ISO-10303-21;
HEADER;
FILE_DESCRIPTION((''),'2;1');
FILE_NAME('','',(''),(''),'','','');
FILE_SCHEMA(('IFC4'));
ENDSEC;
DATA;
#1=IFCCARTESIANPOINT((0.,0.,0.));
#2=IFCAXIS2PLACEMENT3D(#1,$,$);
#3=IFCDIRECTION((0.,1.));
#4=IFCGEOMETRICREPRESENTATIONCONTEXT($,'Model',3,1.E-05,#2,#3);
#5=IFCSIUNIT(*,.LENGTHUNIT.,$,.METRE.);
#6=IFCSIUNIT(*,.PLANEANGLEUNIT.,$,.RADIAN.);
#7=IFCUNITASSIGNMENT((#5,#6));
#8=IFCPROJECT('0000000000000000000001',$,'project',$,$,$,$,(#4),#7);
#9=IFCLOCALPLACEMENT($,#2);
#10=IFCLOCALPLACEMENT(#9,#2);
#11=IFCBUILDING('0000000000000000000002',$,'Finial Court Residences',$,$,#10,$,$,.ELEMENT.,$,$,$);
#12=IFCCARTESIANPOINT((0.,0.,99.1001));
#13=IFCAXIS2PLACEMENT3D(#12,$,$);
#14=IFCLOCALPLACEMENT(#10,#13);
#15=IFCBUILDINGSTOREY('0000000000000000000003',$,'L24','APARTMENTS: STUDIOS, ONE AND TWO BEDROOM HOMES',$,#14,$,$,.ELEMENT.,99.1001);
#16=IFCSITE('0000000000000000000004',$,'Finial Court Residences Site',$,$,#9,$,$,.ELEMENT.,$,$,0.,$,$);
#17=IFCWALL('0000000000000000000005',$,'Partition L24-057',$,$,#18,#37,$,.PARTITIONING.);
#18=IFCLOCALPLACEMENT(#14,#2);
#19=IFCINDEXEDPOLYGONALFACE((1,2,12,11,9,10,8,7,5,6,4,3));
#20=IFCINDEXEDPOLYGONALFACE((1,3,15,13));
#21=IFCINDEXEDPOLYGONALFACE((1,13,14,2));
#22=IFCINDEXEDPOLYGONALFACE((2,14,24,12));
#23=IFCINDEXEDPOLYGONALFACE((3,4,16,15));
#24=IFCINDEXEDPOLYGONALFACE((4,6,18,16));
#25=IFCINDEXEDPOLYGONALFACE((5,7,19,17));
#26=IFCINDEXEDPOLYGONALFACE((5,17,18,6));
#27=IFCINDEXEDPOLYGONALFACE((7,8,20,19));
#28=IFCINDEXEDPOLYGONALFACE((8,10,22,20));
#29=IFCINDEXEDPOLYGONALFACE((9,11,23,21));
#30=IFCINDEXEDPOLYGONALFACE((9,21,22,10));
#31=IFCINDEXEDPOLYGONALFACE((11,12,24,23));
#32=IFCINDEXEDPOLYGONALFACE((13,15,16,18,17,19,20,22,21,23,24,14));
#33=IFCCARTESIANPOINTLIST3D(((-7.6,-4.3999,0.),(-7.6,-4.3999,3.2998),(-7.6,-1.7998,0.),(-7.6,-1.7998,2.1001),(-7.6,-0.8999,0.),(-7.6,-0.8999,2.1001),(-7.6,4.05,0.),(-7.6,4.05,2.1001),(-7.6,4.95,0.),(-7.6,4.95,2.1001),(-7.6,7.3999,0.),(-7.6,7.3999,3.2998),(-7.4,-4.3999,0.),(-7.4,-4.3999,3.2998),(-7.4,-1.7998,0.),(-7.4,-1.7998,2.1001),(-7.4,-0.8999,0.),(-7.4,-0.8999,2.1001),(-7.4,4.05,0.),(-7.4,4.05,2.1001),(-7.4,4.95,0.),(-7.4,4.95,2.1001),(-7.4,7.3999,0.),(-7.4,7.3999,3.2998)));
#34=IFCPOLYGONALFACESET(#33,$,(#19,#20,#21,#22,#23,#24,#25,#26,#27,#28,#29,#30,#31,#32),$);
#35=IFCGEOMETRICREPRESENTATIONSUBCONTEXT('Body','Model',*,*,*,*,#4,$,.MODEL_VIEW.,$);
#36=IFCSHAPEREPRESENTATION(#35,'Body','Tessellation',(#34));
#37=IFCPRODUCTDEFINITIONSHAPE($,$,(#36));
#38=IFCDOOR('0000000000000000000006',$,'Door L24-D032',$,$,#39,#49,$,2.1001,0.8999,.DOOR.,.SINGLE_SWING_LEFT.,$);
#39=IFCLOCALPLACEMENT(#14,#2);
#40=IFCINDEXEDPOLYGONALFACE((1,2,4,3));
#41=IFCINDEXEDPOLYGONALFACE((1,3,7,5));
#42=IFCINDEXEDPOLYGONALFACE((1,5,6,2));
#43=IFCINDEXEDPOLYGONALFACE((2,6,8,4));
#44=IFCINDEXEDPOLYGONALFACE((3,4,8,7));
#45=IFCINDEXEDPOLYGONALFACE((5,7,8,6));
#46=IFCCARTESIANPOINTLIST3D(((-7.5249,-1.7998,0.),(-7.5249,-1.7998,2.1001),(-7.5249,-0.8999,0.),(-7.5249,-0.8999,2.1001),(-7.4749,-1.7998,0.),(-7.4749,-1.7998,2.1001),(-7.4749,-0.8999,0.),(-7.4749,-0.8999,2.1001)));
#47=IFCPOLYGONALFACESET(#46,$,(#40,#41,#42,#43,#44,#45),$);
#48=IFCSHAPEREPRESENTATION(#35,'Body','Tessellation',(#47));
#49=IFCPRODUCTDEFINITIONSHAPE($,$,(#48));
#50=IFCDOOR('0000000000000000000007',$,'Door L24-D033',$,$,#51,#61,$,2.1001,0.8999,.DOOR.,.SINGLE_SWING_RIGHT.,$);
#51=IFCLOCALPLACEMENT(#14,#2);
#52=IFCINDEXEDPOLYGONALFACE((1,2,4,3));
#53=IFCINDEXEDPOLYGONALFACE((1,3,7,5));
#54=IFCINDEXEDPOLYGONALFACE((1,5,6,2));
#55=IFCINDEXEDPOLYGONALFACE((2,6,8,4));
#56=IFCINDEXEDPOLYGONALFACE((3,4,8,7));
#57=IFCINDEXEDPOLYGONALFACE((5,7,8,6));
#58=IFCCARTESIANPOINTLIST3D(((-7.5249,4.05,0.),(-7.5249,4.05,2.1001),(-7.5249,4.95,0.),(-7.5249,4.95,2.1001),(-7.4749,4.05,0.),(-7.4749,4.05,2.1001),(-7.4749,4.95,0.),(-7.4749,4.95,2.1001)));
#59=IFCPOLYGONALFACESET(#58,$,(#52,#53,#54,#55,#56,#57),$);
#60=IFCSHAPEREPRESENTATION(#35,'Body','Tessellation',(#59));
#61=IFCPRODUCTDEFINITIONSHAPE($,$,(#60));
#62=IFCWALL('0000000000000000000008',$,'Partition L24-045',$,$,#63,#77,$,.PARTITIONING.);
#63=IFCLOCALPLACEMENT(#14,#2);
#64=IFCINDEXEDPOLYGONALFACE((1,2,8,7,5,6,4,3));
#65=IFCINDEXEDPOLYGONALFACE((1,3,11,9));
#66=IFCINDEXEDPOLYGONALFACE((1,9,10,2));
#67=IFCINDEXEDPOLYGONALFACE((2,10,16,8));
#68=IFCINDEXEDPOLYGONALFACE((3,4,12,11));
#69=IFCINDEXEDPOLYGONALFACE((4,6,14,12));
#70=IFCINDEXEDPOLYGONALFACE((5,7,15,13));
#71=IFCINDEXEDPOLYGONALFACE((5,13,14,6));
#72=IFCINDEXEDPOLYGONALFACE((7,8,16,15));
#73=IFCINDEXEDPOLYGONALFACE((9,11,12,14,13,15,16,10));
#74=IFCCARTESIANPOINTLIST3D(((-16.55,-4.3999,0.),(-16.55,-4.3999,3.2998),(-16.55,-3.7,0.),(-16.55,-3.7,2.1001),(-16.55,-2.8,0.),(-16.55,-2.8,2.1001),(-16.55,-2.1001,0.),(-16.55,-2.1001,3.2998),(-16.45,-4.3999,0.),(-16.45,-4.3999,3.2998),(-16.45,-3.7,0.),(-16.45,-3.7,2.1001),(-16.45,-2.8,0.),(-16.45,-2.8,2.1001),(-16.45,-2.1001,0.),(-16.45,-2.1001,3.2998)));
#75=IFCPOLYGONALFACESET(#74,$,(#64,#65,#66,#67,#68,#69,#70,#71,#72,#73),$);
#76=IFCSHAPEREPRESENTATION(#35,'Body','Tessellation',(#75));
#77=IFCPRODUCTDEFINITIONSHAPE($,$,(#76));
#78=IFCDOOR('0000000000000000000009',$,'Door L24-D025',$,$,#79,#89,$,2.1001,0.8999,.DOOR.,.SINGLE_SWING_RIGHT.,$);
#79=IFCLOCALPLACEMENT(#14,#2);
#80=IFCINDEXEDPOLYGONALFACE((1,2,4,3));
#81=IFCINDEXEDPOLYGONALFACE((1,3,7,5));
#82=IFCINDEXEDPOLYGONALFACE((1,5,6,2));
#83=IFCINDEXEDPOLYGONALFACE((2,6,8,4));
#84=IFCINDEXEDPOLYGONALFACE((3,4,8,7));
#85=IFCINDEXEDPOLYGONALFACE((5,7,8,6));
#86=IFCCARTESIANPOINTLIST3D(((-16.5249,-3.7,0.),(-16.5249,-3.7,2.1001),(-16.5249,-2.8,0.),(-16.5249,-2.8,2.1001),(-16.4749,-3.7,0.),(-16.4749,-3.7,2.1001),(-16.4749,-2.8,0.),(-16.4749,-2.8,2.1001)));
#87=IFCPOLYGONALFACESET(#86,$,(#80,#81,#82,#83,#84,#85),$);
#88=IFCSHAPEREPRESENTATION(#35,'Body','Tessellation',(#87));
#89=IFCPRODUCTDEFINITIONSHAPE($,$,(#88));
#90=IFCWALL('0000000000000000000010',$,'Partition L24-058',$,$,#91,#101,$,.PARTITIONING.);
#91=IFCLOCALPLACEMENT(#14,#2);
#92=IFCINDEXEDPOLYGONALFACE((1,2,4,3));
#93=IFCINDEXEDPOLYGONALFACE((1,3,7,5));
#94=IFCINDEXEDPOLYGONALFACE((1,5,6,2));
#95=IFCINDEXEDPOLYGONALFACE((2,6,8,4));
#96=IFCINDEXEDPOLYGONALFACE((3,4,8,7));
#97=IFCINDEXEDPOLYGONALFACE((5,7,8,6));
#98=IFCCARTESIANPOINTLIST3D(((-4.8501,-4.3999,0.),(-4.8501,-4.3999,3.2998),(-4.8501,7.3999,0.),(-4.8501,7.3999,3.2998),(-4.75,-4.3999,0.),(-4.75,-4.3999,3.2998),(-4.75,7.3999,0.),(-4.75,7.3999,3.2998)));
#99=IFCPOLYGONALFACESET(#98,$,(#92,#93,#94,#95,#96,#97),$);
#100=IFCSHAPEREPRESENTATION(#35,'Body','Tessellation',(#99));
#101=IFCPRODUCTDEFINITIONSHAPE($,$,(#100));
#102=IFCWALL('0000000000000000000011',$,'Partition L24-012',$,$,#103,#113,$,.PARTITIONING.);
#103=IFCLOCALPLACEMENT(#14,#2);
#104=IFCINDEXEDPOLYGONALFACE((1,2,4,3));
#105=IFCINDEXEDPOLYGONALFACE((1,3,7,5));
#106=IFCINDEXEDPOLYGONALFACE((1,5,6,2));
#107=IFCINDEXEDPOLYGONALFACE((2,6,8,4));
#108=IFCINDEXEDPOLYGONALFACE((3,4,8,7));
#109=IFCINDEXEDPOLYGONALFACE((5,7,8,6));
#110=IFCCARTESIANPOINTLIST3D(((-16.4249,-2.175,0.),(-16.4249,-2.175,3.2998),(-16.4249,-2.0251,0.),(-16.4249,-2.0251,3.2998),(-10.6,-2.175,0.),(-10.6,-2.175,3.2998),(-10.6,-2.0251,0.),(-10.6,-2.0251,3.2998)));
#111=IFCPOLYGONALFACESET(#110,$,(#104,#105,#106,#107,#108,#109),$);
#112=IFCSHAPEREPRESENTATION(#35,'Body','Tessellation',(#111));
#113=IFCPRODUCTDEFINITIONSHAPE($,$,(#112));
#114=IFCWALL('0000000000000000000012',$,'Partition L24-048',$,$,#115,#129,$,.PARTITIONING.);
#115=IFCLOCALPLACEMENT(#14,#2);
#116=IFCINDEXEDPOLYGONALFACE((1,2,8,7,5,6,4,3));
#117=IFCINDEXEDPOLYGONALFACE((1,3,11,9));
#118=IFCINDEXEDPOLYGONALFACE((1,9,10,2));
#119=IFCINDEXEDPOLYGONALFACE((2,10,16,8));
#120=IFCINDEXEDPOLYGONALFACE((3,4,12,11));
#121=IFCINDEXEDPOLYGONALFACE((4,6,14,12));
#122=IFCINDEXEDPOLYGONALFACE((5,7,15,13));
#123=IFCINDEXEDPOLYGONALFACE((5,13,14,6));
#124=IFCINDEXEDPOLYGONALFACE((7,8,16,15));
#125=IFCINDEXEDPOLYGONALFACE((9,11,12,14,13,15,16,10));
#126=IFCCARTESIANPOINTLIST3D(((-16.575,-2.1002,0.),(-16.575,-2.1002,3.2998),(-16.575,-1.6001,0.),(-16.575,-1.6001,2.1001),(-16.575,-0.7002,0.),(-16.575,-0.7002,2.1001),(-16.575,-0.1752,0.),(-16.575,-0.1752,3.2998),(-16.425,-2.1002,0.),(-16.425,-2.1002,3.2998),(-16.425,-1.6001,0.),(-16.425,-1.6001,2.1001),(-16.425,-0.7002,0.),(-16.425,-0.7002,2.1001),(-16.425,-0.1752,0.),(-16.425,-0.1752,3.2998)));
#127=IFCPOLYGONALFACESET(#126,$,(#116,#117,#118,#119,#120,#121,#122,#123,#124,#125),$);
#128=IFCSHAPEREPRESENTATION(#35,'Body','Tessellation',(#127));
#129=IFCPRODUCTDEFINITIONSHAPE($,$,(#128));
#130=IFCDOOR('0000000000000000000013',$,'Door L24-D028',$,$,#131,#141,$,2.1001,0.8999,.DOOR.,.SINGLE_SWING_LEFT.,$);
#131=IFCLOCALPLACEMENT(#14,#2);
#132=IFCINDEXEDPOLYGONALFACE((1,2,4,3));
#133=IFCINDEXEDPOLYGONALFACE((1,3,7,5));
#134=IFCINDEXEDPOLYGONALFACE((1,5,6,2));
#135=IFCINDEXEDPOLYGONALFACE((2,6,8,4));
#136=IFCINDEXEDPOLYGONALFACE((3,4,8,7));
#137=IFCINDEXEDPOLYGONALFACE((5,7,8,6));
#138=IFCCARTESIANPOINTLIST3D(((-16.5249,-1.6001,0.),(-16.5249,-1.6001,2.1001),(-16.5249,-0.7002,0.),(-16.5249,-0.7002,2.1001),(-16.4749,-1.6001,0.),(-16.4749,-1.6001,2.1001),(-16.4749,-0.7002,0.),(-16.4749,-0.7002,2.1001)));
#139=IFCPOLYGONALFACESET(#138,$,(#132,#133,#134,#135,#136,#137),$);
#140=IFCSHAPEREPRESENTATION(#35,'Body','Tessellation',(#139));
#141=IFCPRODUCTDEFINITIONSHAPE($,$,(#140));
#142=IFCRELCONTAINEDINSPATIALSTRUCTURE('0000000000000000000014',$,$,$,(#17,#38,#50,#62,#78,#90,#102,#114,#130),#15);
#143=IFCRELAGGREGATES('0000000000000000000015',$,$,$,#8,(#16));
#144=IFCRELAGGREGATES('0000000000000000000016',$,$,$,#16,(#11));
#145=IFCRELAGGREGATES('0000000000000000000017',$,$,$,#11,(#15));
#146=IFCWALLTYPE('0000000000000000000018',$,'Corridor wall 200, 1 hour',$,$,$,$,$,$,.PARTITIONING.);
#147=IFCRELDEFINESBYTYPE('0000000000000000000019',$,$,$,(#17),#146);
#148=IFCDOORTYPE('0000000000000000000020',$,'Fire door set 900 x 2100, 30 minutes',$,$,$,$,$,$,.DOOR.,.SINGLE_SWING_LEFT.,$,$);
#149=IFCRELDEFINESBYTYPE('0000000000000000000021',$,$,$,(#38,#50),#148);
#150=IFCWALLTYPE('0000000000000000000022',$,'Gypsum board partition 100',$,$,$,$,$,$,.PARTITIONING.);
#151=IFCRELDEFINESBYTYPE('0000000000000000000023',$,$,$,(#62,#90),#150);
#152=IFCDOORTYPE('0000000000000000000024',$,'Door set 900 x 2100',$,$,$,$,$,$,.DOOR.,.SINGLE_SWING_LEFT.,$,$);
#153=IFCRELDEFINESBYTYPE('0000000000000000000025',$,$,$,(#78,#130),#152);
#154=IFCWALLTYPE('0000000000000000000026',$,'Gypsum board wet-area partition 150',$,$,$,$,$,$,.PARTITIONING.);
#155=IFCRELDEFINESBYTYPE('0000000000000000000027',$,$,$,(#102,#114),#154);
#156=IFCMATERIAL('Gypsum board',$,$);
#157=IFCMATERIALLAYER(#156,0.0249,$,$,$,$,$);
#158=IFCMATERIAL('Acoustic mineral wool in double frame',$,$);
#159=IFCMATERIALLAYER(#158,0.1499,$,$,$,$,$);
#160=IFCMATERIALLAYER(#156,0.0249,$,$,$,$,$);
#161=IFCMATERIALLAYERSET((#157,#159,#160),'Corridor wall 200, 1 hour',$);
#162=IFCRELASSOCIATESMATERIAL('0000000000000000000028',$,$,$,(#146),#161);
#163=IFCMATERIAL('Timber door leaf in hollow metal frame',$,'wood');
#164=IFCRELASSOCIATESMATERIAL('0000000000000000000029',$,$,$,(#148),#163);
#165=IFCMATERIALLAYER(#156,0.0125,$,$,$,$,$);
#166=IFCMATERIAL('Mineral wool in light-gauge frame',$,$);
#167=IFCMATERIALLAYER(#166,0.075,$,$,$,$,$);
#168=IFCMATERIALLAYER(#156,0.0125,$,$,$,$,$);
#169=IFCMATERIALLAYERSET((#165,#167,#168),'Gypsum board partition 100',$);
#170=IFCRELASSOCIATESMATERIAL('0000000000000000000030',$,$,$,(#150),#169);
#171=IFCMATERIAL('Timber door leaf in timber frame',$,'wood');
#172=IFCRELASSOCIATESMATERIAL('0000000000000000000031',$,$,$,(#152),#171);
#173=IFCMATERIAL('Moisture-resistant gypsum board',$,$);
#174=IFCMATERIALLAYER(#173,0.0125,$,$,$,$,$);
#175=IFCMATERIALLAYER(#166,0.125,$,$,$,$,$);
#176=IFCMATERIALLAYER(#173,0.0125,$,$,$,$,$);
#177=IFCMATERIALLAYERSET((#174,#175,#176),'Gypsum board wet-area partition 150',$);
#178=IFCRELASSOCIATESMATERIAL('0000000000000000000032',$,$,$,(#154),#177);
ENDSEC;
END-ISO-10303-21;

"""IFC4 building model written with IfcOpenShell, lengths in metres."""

from ifc_helpers import new_model, si_unit, direction, frame, frame_2d, origin, place, context, subcontext, project, spatial, rectangle, extrude, material, layer, layer_set, type_object, element, fill, save


model = new_model("IFC4")

# Units and contexts
model_context = context("Model", 3, precision=1e-05, world=origin(), true_north=direction((0.0, 1.0)))
body_context = subcontext(model_context, "Body", "Model", "MODEL_VIEW")
ifc_project = project(units=[si_unit("LENGTHUNIT", "METRE"), si_unit("PLANEANGLEUNIT", "RADIAN")], contexts=[model_context])

# Site, building, storey
site_placement = place(None, origin())
site = spatial("IfcSite", under=ifc_project, at=site_placement, Name="Finial Court Residences Site", CompositionType="ELEMENT", RefElevation=0.0)
building_placement = place(site_placement, origin())
building = spatial("IfcBuilding", under=site, at=building_placement, Name="Finial Court Residences", CompositionType="ELEMENT")
storey_placement = place(building_placement, frame((0.0, 0.0, 99.1001)))
storey = spatial("IfcBuildingStorey", under=building, at=storey_placement, Name="L24", Description="APARTMENTS: STUDIOS, ONE AND TWO BEDROOM HOMES", CompositionType="ELEMENT", Elevation=99.1001)

# Shared definitions
ifc_material_1 = material(Name="Gypsum board")
ifc_layer_1 = layer(ifc_material_1, 0.0249)
ifc_material_2 = material(Name="Acoustic mineral wool in double frame")
ifc_layer_2 = layer(ifc_material_2, 0.1499)
ifc_layer_3 = layer(ifc_material_1, 0.0249)
ifc_layer_set_1 = layer_set([ifc_layer_1, ifc_layer_2, ifc_layer_3], Name="Corridor wall 200, 1 hour")
wall_type_1 = type_object("IfcWallType", Name="Corridor wall 200, 1 hour", PredefinedType="PARTITIONING", material=ifc_layer_set_1)
ifc_material_3 = material(Name="Timber door leaf in hollow metal frame", Category="wood")
door_type_1 = type_object("IfcDoorType", Name="Fire door set 900 x 2100, 30 minutes", OperationType="SINGLE_SWING_LEFT", PredefinedType="DOOR", material=ifc_material_3)

# Wall, openings, doors
wall_1_placement = place(storey_placement, frame((-7.5, -4.3999, 0.0), z_axis=(0.0, 0.0, 1.0), x_axis=(0.0, 1.0, 0.0)))
wall_1 = element("IfcWall", 1, at=wall_1_placement, inside=storey, type_object=wall_type_1, Name="Partition L24-057", PredefinedType="PARTITIONING", context=body_context, shape_type="SweptSolid", body=[
    extrude(rectangle(XDim=11.7998, YDim=0.2, at=frame_2d((5.8999, 0.0))), origin(), (0.0, 0.0, 1.0), 3.2998),
])
opening_1_placement = place(wall_1_placement, frame((2.6001, 0.0, 0.0)))
opening_1 = element("IfcOpeningElement", 2, at=opening_1_placement, cuts=wall_1, PredefinedType="OPENING", context=body_context, shape_type="SweptSolid", body=[
    extrude(rectangle(XDim=0.8999, YDim=2.1001, at=frame_2d((0.45, 1.05))), frame((0.0, 0.1099, 0.0), z_axis=(0.0, -1.0, 0.0), x_axis=(1.0, 0.0, 0.0)), (0.0, 0.0, 1.0), 0.22),
])
opening_2_placement = place(wall_1_placement, frame((8.45, 0.0, 0.0)))
opening_2 = element("IfcOpeningElement", 3, at=opening_2_placement, cuts=wall_1, PredefinedType="OPENING", context=body_context, shape_type="SweptSolid", body=[
    extrude(rectangle(XDim=0.8999, YDim=2.1001, at=frame_2d((0.45, 1.05))), frame((0.0, 0.1099, 0.0), z_axis=(0.0, -1.0, 0.0), x_axis=(1.0, 0.0, 0.0)), (0.0, 0.0, 1.0), 0.22),
])
door_1_placement = place(opening_1_placement, origin())
door_1 = element("IfcDoor", 4, at=door_1_placement, inside=storey, type_object=door_type_1, Name="Door L24-D032", OperationType="SINGLE_SWING_LEFT", OverallHeight=2.1001, OverallWidth=0.8999, PredefinedType="DOOR", context=body_context, shape_type="SweptSolid", body=[
    extrude(rectangle(XDim=0.8999, YDim=2.1001, at=frame_2d((0.45, 1.05))), frame((0.0, 0.0249, 0.0), z_axis=(0.0, -1.0, 0.0), x_axis=(1.0, 0.0, 0.0)), (0.0, 0.0, 1.0), 0.05),
])
fill(opening_1, door_1)
door_2_placement = place(opening_2_placement, origin())
door_2 = element("IfcDoor", 5, at=door_2_placement, inside=storey, type_object=door_type_1, Name="Door L24-D033", OperationType="SINGLE_SWING_RIGHT", OverallHeight=2.1001, OverallWidth=0.8999, PredefinedType="DOOR", context=body_context, shape_type="SweptSolid", body=[
    extrude(rectangle(XDim=0.8999, YDim=2.1001, at=frame_2d((0.45, 1.05))), frame((0.0, 0.0249, 0.0), z_axis=(0.0, -1.0, 0.0), x_axis=(1.0, 0.0, 0.0)), (0.0, 0.0, 1.0), 0.05),
])
fill(opening_2, door_2)

# Wall, opening, door
ifc_layer_4 = layer(ifc_material_1, 0.0125)
ifc_material_4 = material(Name="Mineral wool in light-gauge frame")
ifc_layer_5 = layer(ifc_material_4, 0.075)
ifc_layer_6 = layer(ifc_material_1, 0.0125)
ifc_layer_set_2 = layer_set([ifc_layer_4, ifc_layer_5, ifc_layer_6], Name="Gypsum board partition 100")
wall_type_2 = type_object("IfcWallType", Name="Gypsum board partition 100", PredefinedType="PARTITIONING", material=ifc_layer_set_2)
wall_2_placement = place(storey_placement, frame((-16.5, -4.3999, 0.0), z_axis=(0.0, 0.0, 1.0), x_axis=(0.0, 1.0, 0.0)))
wall_2 = element("IfcWall", 6, at=wall_2_placement, inside=storey, type_object=wall_type_2, Name="Partition L24-045", PredefinedType="PARTITIONING", context=body_context, shape_type="SweptSolid", body=[
    extrude(rectangle(XDim=2.2998, YDim=0.1001, at=frame_2d((1.1499, 0.0))), origin(), (0.0, 0.0, 1.0), 3.2998),
])
opening_3_placement = place(wall_2_placement, frame((0.7, 0.0, 0.0)))
opening_3 = element("IfcOpeningElement", 7, at=opening_3_placement, cuts=wall_2, PredefinedType="OPENING", context=body_context, shape_type="SweptSolid", body=[
    extrude(rectangle(XDim=0.8999, YDim=2.1001, at=frame_2d((0.45, 1.05))), frame((0.0, 0.0601, 0.0), z_axis=(0.0, -1.0, 0.0), x_axis=(1.0, 0.0, 0.0)), (0.0, 0.0, 1.0), 0.1201),
])
ifc_material_5 = material(Name="Timber door leaf in timber frame", Category="wood")
door_type_2 = type_object("IfcDoorType", Name="Door set 900 x 2100", OperationType="SINGLE_SWING_LEFT", PredefinedType="DOOR", material=ifc_material_5)
door_3_placement = place(opening_3_placement, origin())
door_3 = element("IfcDoor", 8, at=door_3_placement, inside=storey, type_object=door_type_2, Name="Door L24-D025", OperationType="SINGLE_SWING_RIGHT", OverallHeight=2.1001, OverallWidth=0.8999, PredefinedType="DOOR", context=body_context, shape_type="SweptSolid", body=[
    extrude(rectangle(XDim=0.8999, YDim=2.1001, at=frame_2d((0.45, 1.05))), frame((0.0, 0.0249, 0.0), z_axis=(0.0, -1.0, 0.0), x_axis=(1.0, 0.0, 0.0)), (0.0, 0.0, 1.0), 0.05),
])
fill(opening_3, door_3)

# Walls
wall_3_placement = place(storey_placement, frame((-4.8, -4.3999, 0.0), z_axis=(0.0, 0.0, 1.0), x_axis=(0.0, 1.0, 0.0)))
element("IfcWall", 9, at=wall_3_placement, inside=storey, type_object=wall_type_2, Name="Partition L24-058", PredefinedType="PARTITIONING", context=body_context, shape_type="SweptSolid", body=[
    extrude(rectangle(XDim=11.7998, YDim=0.1001, at=frame_2d((5.8999, 0.0))), origin(), (0.0, 0.0, 1.0), 3.2998),
])
ifc_material_6 = material(Name="Moisture-resistant gypsum board")
ifc_layer_7 = layer(ifc_material_6, 0.0125)
ifc_layer_8 = layer(ifc_material_4, 0.125)
ifc_layer_9 = layer(ifc_material_6, 0.0125)
ifc_layer_set_3 = layer_set([ifc_layer_7, ifc_layer_8, ifc_layer_9], Name="Gypsum board wet-area partition 150")
wall_type_3 = type_object("IfcWallType", Name="Gypsum board wet-area partition 150", PredefinedType="PARTITIONING", material=ifc_layer_set_3)
wall_4_placement = place(storey_placement, frame((-16.425, -2.1001, 0.0), z_axis=(0.0, 0.0, 1.0), x_axis=(1.0, 0.0, 0.0)))
element("IfcWall", 10, at=wall_4_placement, inside=storey, type_object=wall_type_3, Name="Partition L24-012", PredefinedType="PARTITIONING", context=body_context, shape_type="SweptSolid", body=[
    extrude(rectangle(XDim=5.825, YDim=0.1499, at=frame_2d((2.9126, 0.0))), origin(), (0.0, 0.0, 1.0), 3.2998),
])

# Wall, opening, door
wall_5_placement = place(storey_placement, frame((-16.5, -2.1001, 0.0), z_axis=(0.0, 0.0, 1.0), x_axis=(0.0, 1.0, 0.0)))
wall_5 = element("IfcWall", 11, at=wall_5_placement, inside=storey, type_object=wall_type_3, Name="Partition L24-048", PredefinedType="PARTITIONING", context=body_context, shape_type="SweptSolid", body=[
    extrude(rectangle(XDim=1.925, YDim=0.1499, at=frame_2d((0.9624, 0.0))), origin(), (0.0, 0.0, 1.0), 3.2998),
])
opening_4_placement = place(wall_5_placement, frame((0.5, 0.0, 0.0)))
opening_4 = element("IfcOpeningElement", 12, at=opening_4_placement, cuts=wall_5, PredefinedType="OPENING", context=body_context, shape_type="SweptSolid", body=[
    extrude(rectangle(XDim=0.8999, YDim=2.1001, at=frame_2d((0.45, 1.05))), frame((0.0, 0.085, 0.0), z_axis=(0.0, -1.0, 0.0), x_axis=(1.0, 0.0, 0.0)), (0.0, 0.0, 1.0), 0.1699),
])
door_4_placement = place(opening_4_placement, origin())
door_4 = element("IfcDoor", 13, at=door_4_placement, inside=storey, type_object=door_type_2, Name="Door L24-D028", OperationType="SINGLE_SWING_LEFT", OverallHeight=2.1001, OverallWidth=0.8999, PredefinedType="DOOR", context=body_context, shape_type="SweptSolid", body=[
    extrude(rectangle(XDim=0.8999, YDim=2.1001, at=frame_2d((0.45, 1.05))), frame((0.0, 0.0249, 0.0), z_axis=(0.0, -1.0, 0.0), x_axis=(1.0, 0.0, 0.0)), (0.0, 0.0, 1.0), 0.05),
])
fill(opening_4, door_4)

save(model, "model.ifc")
